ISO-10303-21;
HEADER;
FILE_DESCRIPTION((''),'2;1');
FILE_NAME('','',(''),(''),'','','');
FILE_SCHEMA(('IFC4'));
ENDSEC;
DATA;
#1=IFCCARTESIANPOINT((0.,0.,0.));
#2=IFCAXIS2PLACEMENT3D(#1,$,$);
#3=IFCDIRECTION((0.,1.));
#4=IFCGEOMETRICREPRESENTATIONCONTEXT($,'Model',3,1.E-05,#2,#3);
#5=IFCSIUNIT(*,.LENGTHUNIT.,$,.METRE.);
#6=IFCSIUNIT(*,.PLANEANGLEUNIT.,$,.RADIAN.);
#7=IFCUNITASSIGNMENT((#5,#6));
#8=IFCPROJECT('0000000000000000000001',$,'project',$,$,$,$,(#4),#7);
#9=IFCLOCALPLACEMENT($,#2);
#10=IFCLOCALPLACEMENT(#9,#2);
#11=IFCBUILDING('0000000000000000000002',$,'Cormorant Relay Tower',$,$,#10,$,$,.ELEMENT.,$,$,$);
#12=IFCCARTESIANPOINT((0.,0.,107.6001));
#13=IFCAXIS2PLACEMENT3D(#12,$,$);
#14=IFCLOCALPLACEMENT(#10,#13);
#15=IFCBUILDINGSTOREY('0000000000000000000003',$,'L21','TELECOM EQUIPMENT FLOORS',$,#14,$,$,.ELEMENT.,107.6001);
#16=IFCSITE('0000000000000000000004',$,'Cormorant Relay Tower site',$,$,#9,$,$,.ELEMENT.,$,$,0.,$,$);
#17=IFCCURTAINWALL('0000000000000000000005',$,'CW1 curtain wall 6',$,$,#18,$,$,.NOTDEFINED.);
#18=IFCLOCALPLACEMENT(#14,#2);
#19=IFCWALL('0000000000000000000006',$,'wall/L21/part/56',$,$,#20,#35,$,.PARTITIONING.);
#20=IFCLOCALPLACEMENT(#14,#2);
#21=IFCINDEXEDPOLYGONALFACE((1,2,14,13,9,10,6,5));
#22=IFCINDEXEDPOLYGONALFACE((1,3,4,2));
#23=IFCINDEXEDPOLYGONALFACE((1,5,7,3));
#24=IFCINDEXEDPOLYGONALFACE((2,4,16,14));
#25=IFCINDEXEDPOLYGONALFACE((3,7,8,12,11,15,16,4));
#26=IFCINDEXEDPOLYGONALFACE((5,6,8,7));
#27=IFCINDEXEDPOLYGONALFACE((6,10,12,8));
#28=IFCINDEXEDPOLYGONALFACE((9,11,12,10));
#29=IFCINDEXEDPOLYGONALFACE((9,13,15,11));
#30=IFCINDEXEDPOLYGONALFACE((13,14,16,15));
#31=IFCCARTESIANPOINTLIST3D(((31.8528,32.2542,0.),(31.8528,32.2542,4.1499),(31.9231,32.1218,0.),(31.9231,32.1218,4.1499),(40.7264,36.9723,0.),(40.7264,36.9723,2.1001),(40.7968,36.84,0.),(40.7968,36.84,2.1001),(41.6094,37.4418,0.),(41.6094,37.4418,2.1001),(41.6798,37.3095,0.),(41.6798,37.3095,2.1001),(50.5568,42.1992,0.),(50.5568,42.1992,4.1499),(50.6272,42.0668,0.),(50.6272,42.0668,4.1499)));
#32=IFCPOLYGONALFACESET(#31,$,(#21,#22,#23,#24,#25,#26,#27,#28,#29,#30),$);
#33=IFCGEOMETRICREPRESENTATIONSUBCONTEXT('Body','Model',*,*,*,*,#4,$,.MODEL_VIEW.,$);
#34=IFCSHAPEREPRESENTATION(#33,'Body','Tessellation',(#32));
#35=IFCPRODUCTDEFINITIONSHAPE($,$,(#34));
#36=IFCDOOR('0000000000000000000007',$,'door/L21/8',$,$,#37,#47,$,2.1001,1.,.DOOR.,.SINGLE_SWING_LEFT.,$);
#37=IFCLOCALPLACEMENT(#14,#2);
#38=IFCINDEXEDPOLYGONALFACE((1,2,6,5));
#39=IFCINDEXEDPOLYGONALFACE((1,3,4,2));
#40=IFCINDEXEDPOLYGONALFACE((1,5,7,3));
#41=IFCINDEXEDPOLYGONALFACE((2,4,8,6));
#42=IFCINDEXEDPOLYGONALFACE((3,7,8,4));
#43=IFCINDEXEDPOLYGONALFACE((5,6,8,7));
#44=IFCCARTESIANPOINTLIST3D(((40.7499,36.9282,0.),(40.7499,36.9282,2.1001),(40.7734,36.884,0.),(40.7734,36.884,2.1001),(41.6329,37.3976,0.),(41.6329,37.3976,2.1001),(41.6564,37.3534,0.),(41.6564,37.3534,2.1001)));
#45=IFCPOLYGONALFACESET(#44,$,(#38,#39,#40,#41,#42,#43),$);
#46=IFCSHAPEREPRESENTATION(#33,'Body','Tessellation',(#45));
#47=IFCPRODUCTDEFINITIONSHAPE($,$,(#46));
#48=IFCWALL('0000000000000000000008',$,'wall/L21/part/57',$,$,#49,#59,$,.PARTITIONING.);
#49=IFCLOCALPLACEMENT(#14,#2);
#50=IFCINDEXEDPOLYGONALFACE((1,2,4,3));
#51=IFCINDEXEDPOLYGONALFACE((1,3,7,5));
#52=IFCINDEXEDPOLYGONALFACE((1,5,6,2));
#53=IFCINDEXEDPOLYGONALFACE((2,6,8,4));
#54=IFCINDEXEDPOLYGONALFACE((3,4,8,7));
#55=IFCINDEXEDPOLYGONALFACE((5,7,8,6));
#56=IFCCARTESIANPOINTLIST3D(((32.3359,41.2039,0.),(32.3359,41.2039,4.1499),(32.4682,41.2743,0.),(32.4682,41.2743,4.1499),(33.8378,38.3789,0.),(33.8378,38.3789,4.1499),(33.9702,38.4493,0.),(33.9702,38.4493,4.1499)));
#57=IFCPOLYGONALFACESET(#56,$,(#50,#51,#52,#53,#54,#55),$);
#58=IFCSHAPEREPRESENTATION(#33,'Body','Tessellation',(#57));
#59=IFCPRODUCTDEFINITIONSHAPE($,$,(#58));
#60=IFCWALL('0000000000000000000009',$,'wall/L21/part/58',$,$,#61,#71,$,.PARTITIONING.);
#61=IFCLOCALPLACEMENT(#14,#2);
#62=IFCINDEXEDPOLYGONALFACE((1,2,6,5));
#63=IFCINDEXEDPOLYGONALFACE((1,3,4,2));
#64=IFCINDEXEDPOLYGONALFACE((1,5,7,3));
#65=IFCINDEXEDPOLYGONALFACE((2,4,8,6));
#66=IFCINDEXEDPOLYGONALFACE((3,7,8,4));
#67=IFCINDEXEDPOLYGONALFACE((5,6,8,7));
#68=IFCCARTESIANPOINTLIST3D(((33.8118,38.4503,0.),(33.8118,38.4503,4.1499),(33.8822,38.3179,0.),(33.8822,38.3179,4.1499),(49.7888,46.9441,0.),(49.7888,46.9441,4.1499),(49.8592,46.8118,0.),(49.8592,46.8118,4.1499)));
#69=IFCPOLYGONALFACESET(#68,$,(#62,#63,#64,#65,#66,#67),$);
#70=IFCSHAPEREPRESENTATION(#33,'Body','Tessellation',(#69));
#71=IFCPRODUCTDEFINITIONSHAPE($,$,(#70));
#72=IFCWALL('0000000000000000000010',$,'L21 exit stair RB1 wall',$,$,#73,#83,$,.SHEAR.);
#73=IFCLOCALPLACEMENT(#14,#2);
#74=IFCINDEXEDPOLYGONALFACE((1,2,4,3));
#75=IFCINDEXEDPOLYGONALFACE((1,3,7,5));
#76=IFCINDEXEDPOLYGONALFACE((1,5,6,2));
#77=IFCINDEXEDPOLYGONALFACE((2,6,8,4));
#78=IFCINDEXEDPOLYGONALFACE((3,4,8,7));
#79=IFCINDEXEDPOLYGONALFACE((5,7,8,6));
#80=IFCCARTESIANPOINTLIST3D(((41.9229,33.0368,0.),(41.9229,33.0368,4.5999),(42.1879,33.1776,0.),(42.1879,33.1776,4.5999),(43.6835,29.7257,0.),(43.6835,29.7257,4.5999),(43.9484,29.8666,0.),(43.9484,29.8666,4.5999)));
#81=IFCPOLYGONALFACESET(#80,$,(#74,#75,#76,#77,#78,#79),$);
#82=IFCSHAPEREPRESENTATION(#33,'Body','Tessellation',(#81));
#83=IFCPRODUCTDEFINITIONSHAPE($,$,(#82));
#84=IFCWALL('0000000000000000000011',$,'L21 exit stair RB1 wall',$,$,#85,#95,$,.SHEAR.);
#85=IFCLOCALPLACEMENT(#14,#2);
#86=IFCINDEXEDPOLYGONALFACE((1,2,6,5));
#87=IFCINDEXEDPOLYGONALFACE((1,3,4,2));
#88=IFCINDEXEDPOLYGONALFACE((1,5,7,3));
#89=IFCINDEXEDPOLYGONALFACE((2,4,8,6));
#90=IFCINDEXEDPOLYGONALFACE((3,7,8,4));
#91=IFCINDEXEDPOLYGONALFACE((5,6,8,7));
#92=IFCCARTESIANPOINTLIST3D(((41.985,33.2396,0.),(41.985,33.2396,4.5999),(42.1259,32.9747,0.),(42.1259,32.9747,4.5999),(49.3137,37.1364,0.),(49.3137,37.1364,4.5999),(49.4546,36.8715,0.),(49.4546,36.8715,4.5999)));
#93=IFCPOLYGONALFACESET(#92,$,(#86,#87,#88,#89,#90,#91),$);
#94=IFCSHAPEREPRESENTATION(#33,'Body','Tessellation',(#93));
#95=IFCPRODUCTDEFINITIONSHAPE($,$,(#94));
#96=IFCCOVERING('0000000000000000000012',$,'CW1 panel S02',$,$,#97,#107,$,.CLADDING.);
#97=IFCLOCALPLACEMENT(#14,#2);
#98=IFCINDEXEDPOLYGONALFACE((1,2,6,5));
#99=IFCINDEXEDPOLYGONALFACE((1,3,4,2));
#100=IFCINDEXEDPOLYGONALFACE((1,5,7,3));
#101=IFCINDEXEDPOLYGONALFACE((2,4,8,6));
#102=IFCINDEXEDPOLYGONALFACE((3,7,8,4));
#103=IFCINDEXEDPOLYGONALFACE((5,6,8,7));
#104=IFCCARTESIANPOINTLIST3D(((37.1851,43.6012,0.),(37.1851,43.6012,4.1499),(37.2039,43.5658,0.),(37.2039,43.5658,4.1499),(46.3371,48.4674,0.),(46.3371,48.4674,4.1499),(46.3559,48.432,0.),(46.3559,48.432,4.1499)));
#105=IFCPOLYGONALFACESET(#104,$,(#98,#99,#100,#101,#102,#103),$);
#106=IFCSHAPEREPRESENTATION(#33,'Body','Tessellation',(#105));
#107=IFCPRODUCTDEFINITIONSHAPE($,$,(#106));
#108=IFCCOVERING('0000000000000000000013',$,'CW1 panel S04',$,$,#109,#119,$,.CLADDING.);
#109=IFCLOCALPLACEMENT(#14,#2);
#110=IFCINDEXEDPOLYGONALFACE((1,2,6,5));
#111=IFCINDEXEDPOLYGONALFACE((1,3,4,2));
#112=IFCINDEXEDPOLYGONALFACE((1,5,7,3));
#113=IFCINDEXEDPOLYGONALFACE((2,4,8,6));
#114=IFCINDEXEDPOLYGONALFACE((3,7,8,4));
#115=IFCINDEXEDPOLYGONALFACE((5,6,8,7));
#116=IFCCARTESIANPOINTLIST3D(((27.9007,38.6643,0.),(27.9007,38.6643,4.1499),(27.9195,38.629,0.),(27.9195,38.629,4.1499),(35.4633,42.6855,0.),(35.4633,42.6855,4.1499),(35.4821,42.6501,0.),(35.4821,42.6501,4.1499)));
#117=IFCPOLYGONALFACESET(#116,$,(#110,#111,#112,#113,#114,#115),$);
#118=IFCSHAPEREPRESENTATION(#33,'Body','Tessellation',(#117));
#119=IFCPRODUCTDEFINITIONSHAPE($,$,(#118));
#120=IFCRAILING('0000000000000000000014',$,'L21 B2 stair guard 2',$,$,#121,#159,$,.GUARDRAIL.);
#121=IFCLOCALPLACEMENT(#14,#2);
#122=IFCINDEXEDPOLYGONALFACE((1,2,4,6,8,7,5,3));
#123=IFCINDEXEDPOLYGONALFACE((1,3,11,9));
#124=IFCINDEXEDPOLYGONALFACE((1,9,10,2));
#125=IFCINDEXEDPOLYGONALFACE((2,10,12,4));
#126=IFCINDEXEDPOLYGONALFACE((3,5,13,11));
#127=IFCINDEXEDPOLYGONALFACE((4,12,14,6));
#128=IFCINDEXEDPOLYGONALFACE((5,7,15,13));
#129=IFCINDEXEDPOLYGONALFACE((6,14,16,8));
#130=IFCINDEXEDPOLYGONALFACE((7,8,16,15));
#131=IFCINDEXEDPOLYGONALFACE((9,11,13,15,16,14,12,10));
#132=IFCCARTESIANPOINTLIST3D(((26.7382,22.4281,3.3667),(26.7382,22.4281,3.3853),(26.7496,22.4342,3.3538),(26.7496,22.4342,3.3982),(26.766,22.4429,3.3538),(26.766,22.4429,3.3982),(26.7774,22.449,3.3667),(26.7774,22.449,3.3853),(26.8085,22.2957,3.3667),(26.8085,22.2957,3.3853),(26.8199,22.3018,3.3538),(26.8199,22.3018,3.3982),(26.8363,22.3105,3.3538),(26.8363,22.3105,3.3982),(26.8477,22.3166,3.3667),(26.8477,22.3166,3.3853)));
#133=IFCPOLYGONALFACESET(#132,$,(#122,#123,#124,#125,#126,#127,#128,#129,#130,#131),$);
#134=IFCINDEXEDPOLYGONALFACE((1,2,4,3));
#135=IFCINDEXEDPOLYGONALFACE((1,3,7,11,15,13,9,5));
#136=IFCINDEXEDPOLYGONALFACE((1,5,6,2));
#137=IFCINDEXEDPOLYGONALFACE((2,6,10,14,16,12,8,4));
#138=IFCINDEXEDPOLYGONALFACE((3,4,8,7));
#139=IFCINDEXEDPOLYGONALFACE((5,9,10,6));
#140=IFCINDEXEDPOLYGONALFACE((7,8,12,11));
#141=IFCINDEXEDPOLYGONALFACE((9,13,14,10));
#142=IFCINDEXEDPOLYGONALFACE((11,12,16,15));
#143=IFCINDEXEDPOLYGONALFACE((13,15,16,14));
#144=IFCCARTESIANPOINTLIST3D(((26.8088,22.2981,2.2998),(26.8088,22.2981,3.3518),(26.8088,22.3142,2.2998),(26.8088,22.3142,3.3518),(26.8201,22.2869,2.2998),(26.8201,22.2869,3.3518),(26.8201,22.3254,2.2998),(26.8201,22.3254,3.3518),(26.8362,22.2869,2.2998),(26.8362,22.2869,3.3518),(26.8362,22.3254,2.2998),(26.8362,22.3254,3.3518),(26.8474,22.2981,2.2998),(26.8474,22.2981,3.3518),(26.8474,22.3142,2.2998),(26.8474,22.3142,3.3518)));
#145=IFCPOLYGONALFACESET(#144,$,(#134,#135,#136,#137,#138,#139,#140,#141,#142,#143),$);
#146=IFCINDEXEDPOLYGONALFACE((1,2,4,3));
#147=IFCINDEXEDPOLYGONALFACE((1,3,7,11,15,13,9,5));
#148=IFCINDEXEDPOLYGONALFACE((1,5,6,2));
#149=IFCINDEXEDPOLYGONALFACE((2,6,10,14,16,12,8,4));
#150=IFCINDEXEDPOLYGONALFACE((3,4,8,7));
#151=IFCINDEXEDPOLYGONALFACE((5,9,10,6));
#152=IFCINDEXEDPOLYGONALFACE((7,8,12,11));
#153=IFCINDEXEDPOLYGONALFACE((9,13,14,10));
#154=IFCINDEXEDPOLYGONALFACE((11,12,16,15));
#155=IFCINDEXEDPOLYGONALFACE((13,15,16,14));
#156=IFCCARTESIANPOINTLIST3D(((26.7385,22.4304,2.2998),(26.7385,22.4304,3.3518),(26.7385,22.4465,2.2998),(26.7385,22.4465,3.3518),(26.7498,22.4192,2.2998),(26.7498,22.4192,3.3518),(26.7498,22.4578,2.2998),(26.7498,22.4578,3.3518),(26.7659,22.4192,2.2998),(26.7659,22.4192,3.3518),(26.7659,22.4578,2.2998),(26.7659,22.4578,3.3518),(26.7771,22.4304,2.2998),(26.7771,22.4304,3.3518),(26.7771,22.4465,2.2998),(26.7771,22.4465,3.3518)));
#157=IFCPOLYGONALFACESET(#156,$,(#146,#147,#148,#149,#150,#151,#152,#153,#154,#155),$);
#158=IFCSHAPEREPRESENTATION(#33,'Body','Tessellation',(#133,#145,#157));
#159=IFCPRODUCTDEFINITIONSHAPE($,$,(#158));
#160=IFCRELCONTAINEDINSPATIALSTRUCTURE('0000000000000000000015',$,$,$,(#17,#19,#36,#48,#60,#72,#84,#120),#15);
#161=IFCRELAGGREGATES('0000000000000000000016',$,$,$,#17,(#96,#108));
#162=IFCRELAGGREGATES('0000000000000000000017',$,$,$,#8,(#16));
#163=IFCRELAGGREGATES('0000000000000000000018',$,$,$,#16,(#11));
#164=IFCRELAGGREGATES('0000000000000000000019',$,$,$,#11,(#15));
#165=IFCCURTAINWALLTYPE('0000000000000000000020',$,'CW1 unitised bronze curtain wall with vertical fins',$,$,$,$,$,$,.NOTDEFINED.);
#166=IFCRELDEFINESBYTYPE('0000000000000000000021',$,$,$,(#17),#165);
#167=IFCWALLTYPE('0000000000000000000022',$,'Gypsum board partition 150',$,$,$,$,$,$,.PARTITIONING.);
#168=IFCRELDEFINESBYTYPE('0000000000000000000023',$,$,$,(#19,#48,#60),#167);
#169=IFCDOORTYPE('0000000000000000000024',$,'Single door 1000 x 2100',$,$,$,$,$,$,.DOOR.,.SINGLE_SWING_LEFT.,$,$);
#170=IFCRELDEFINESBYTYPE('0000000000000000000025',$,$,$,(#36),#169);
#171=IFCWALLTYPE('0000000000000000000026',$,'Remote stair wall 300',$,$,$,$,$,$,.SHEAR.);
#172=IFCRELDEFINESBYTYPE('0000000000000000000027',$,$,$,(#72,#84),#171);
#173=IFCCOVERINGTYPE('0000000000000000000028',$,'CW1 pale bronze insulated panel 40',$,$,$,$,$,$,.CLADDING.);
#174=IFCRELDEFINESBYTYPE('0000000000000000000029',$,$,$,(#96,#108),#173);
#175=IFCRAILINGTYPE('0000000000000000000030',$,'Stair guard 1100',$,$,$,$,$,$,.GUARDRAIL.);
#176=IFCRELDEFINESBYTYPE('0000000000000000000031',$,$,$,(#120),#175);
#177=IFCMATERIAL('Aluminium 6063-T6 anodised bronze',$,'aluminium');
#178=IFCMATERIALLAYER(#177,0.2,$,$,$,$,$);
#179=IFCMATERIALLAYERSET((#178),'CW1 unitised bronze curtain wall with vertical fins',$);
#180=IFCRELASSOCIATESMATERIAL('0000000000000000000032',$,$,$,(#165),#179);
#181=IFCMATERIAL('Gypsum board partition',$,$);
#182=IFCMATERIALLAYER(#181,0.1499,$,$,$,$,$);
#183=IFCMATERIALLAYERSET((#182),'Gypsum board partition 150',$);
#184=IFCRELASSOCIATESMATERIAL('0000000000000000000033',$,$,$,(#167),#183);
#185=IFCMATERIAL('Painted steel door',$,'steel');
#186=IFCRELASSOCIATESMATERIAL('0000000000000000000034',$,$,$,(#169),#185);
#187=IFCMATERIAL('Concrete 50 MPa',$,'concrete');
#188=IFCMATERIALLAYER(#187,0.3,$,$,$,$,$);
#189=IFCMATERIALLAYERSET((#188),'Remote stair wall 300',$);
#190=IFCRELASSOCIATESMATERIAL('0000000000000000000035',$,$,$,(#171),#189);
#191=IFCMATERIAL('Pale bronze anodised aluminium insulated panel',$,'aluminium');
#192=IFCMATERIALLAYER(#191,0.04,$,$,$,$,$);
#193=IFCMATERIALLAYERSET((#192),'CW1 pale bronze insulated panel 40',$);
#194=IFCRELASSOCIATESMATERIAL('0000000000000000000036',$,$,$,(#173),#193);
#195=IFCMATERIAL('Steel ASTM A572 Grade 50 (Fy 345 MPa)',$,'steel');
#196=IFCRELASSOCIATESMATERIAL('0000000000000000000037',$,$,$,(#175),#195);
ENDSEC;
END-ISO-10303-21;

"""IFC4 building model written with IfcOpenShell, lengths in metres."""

from ifc_helpers import new_model, si_unit, direction, frame, frame_2d, origin, origin_2d, place, context, subcontext, project, spatial, polyline, rectangle, outline, extrude, material, layer, layer_set, type_object, element, fill, aggregate, save


model = new_model("IFC4")

# Units and contexts
model_context = context("Model", 3, precision=1e-05, world=origin(), true_north=direction((0.0, 1.0)))
body_context = subcontext(model_context, "Body", "Model", "MODEL_VIEW")
ifc_project = project(units=[si_unit("LENGTHUNIT", "METRE"), si_unit("PLANEANGLEUNIT", "RADIAN")], contexts=[model_context])

# Site, building, storey
site_placement = place(None, origin())
site = spatial("IfcSite", under=ifc_project, at=site_placement, Name="Cormorant Relay Tower site", CompositionType="ELEMENT", RefElevation=0.0)
building_placement = place(site_placement, origin())
building = spatial("IfcBuilding", under=site, at=building_placement, Name="Cormorant Relay Tower", CompositionType="ELEMENT")
storey_placement = place(building_placement, frame((0.0, 0.0, 107.6001)))
storey = spatial("IfcBuildingStorey", under=building, at=storey_placement, Name="L21", Description="TELECOM EQUIPMENT FLOORS", CompositionType="ELEMENT", Elevation=107.6001)

# Curtain wall
ifc_material_1 = material(Name="Aluminium 6063-T6 anodised bronze", Category="aluminium")
ifc_layer_1 = layer(ifc_material_1, 0.2)
ifc_layer_set_1 = layer_set([ifc_layer_1], Name="CW1 unitised bronze curtain wall with vertical fins")
curtain_wall_type = type_object("IfcCurtainWallType", Name="CW1 unitised bronze curtain wall with vertical fins", PredefinedType="NOTDEFINED", material=ifc_layer_set_1)
curtain_wall_placement = place(storey_placement, origin())
curtain_wall = element("IfcCurtainWall", 1, at=curtain_wall_placement, inside=storey, type_object=curtain_wall_type, Name="CW1 curtain wall 6", PredefinedType="NOTDEFINED")

# Shared definitions
ifc_material_2 = material(Name="Gypsum board partition")
ifc_layer_2 = layer(ifc_material_2, 0.1499)
ifc_layer_set_2 = layer_set([ifc_layer_2], Name="Gypsum board partition 150")
wall_type_1 = type_object("IfcWallType", Name="Gypsum board partition 150", PredefinedType="PARTITIONING", material=ifc_layer_set_2)

# Wall, opening, door
wall_1_placement = place(storey_placement, frame((31.8879, 32.188, 0.0), z_axis=(0.0, 0.0, 1.0), x_axis=(0.882949, 0.469469, 0.0)))
wall_1 = element("IfcWall", 2, at=wall_1_placement, inside=storey, type_object=wall_type_1, Name="wall/L21/part/56", PredefinedType="PARTITIONING", context=body_context, shape_type="SweptSolid", body=[
    extrude(rectangle(XDim=21.1836, YDim=0.1499, at=frame_2d((10.5918, 0.0))), origin(), (0.0, 0.0, 1.0), 4.1499),
])
opening_placement = place(wall_1_placement, frame((10.05, 0.0, 0.0)))
opening = element("IfcOpeningElement", 3, at=opening_placement, cuts=wall_1, PredefinedType="OPENING", context=body_context, shape_type="SweptSolid", body=[
    extrude(rectangle(XDim=1.0, YDim=2.1001, at=frame_2d((0.5, 1.05))), frame((0.0, 0.085, 0.0), z_axis=(0.0, -1.0, 0.0), x_axis=(1.0, 0.0, 0.0)), (0.0, 0.0, 1.0), 0.1699),
])
ifc_material_3 = material(Name="Painted steel door", Category="steel")
door_type = type_object("IfcDoorType", Name="Single door 1000 x 2100", OperationType="SINGLE_SWING_LEFT", PredefinedType="DOOR", material=ifc_material_3)
door_placement = place(opening_placement, origin())
door = element("IfcDoor", 4, at=door_placement, inside=storey, type_object=door_type, Name="door/L21/8", OperationType="SINGLE_SWING_LEFT", OverallHeight=2.1001, OverallWidth=1.0, PredefinedType="DOOR", context=body_context, shape_type="SweptSolid", body=[
    extrude(rectangle(XDim=1.0, YDim=2.1001, at=frame_2d((0.5, 1.05))), frame((0.0, 0.0249, 0.0), z_axis=(0.0, -1.0, 0.0), x_axis=(1.0, 0.0, 0.0)), (0.0, 0.0, 1.0), 0.05),
])
fill(opening, door)

# Walls
wall_2_placement = place(storey_placement, frame((32.4021, 41.239, 0.0), z_axis=(0.0, 0.0, 1.0), x_axis=(0.469447, -0.882961, 0.0)))
element("IfcWall", 5, at=wall_2_placement, inside=storey, type_object=wall_type_1, Name="wall/L21/part/57", PredefinedType="PARTITIONING", context=body_context, shape_type="SweptSolid", body=[
    extrude(rectangle(XDim=3.1995, YDim=0.1499, at=frame_2d((1.5996, 0.0))), origin(), (0.0, 0.0, 1.0), 4.1499),
])
wall_3_placement = place(storey_placement, frame((33.8469, 38.384, 0.0), z_axis=(0.0, 0.0, 1.0), x_axis=(0.882976, 0.469418, 0.0)))
element("IfcWall", 6, at=wall_3_placement, inside=storey, type_object=wall_type_1, Name="wall/L21/part/58", PredefinedType="PARTITIONING", context=body_context, shape_type="SweptSolid", body=[
    extrude(rectangle(XDim=18.0945, YDim=0.1499, at=frame_2d((9.0474, 0.0))), origin(), (0.0, 0.0, 1.0), 4.1499),
])
ifc_material_4 = material(Name="Concrete 50 MPa", Category="concrete")
ifc_layer_3 = layer(ifc_material_4, 0.3)
ifc_layer_set_3 = layer_set([ifc_layer_3], Name="Remote stair wall 300")
wall_type_2 = type_object("IfcWallType", Name="Remote stair wall 300", PredefinedType="SHEAR", material=ifc_layer_set_3)
wall_4_placement = place(storey_placement, frame((43.8159, 29.7961, 0.0), z_axis=(0.0, 0.0, 1.0), x_axis=(-0.469469, 0.882949, 0.0)))
element("IfcWall", 7, at=wall_4_placement, inside=storey, type_object=wall_type_2, Name="L21 exit stair RB1 wall", PredefinedType="SHEAR", context=body_context, shape_type="SweptSolid", body=[
    extrude(rectangle(XDim=3.75, YDim=0.3, at=frame_2d((1.875, 0.0))), origin(), (0.0, 0.0, 1.0), 4.5999),
])
wall_5_placement = place(storey_placement, frame((42.0554, 33.1072, 0.0), z_axis=(0.0, 0.0, 1.0), x_axis=(0.882946, 0.469475, 0.0)))
element("IfcWall", 8, at=wall_5_placement, inside=storey, type_object=wall_type_2, Name="L21 exit stair RB1 wall", PredefinedType="SHEAR", context=body_context, shape_type="SweptSolid", body=[
    extrude(rectangle(XDim=8.3003, YDim=0.3, at=frame_2d((4.1501, 0.0))), origin(), (0.0, 0.0, 1.0), 4.5999),
])

# Coverings
ifc_material_5 = material(Name="Pale bronze anodised aluminium insulated panel", Category="aluminium")
ifc_layer_4 = layer(ifc_material_5, 0.04)
ifc_layer_set_4 = layer_set([ifc_layer_4], Name="CW1 pale bronze insulated panel 40")
covering_type = type_object("IfcCoveringType", Name="CW1 pale bronze insulated panel 40", PredefinedType="CLADDING", material=ifc_layer_set_4)
covering_1_placement = place(storey_placement, frame((41.7705, 46.0166, 0.0), z_axis=(0.0, 0.0, 1.0), x_axis=(-0.882948, -0.469472, 0.0)))
covering_1 = element("IfcCovering", 9, at=covering_1_placement, type_object=covering_type, Name="CW1 panel S02", PredefinedType="CLADDING", context=body_context, shape_type="SweptSolid", body=[
    extrude(rectangle(XDim=10.3652, YDim=0.04, at=origin_2d()), origin(), (0.0, 0.0, 1.0), 4.1499),
])
covering_2_placement = place(storey_placement, frame((31.6914, 40.6572, 0.0), z_axis=(0.0, 0.0, 1.0), x_axis=(-0.882948, -0.469472, 0.0)))
covering_2 = element("IfcCovering", 10, at=covering_2_placement, type_object=covering_type, Name="CW1 panel S04", PredefinedType="CLADDING", context=body_context, shape_type="SweptSolid", body=[
    extrude(rectangle(XDim=8.5652, YDim=0.04, at=origin_2d()), origin(), (0.0, 0.0, 1.0), 4.1499),
])
aggregate(curtain_wall, [covering_1, covering_2])

# Railing
ifc_material_6 = material(Name="Steel ASTM A572 Grade 50 (Fy 345 MPa)", Category="steel")
railing_type = type_object("IfcRailingType", Name="Stair guard 1100", PredefinedType="GUARDRAIL", material=ifc_material_6)
railing_1_placement = place(storey_placement, frame((26.8281, 22.3062, 2.2998)))
element("IfcRailing", 11, at=railing_1_placement, inside=storey, type_object=railing_type, Name="L21 B2 stair guard 2", PredefinedType="GUARDRAIL", context=body_context, shape_type="SweptSolid", body=[
    extrude(outline(polyline([(0.0222, 0.0093), (0.0093, 0.0222), (-0.0093, 0.0222), (-0.0222, 0.0093), (-0.0222, -0.0093), (-0.0093, -0.0222), (0.0093, -0.0222), (0.0222, -0.0093), (0.0222, 0.0093)])), frame((0.0, 0.0, 1.0762), z_axis=(-0.469235, 0.883074, 0.0), x_axis=(-0.883074, -0.469235, 0.0)), (0.0, 0.0, 1.0), 0.1499),
    extrude(outline(polyline([(0.0193, 0.0081), (0.0081, 0.0193), (-0.0081, 0.0193), (-0.0193, 0.0081), (-0.0193, -0.0081), (-0.0081, -0.0193), (0.0081, -0.0193), (0.0193, -0.0081), (0.0193, 0.0081)])), origin(), (0.0, 0.0, 1.0), 1.052),
    extrude(outline(polyline([(0.0193, 0.0081), (0.0081, 0.0193), (-0.0081, 0.0193), (-0.0193, 0.0081), (-0.0193, -0.0081), (-0.0081, -0.0193), (0.0081, -0.0193), (0.0193, -0.0081), (0.0193, 0.0081)])), frame((-0.0703, 0.1323, 0.0)), (0.0, 0.0, 1.0), 1.052),
])

save(model, "model.ifc")
